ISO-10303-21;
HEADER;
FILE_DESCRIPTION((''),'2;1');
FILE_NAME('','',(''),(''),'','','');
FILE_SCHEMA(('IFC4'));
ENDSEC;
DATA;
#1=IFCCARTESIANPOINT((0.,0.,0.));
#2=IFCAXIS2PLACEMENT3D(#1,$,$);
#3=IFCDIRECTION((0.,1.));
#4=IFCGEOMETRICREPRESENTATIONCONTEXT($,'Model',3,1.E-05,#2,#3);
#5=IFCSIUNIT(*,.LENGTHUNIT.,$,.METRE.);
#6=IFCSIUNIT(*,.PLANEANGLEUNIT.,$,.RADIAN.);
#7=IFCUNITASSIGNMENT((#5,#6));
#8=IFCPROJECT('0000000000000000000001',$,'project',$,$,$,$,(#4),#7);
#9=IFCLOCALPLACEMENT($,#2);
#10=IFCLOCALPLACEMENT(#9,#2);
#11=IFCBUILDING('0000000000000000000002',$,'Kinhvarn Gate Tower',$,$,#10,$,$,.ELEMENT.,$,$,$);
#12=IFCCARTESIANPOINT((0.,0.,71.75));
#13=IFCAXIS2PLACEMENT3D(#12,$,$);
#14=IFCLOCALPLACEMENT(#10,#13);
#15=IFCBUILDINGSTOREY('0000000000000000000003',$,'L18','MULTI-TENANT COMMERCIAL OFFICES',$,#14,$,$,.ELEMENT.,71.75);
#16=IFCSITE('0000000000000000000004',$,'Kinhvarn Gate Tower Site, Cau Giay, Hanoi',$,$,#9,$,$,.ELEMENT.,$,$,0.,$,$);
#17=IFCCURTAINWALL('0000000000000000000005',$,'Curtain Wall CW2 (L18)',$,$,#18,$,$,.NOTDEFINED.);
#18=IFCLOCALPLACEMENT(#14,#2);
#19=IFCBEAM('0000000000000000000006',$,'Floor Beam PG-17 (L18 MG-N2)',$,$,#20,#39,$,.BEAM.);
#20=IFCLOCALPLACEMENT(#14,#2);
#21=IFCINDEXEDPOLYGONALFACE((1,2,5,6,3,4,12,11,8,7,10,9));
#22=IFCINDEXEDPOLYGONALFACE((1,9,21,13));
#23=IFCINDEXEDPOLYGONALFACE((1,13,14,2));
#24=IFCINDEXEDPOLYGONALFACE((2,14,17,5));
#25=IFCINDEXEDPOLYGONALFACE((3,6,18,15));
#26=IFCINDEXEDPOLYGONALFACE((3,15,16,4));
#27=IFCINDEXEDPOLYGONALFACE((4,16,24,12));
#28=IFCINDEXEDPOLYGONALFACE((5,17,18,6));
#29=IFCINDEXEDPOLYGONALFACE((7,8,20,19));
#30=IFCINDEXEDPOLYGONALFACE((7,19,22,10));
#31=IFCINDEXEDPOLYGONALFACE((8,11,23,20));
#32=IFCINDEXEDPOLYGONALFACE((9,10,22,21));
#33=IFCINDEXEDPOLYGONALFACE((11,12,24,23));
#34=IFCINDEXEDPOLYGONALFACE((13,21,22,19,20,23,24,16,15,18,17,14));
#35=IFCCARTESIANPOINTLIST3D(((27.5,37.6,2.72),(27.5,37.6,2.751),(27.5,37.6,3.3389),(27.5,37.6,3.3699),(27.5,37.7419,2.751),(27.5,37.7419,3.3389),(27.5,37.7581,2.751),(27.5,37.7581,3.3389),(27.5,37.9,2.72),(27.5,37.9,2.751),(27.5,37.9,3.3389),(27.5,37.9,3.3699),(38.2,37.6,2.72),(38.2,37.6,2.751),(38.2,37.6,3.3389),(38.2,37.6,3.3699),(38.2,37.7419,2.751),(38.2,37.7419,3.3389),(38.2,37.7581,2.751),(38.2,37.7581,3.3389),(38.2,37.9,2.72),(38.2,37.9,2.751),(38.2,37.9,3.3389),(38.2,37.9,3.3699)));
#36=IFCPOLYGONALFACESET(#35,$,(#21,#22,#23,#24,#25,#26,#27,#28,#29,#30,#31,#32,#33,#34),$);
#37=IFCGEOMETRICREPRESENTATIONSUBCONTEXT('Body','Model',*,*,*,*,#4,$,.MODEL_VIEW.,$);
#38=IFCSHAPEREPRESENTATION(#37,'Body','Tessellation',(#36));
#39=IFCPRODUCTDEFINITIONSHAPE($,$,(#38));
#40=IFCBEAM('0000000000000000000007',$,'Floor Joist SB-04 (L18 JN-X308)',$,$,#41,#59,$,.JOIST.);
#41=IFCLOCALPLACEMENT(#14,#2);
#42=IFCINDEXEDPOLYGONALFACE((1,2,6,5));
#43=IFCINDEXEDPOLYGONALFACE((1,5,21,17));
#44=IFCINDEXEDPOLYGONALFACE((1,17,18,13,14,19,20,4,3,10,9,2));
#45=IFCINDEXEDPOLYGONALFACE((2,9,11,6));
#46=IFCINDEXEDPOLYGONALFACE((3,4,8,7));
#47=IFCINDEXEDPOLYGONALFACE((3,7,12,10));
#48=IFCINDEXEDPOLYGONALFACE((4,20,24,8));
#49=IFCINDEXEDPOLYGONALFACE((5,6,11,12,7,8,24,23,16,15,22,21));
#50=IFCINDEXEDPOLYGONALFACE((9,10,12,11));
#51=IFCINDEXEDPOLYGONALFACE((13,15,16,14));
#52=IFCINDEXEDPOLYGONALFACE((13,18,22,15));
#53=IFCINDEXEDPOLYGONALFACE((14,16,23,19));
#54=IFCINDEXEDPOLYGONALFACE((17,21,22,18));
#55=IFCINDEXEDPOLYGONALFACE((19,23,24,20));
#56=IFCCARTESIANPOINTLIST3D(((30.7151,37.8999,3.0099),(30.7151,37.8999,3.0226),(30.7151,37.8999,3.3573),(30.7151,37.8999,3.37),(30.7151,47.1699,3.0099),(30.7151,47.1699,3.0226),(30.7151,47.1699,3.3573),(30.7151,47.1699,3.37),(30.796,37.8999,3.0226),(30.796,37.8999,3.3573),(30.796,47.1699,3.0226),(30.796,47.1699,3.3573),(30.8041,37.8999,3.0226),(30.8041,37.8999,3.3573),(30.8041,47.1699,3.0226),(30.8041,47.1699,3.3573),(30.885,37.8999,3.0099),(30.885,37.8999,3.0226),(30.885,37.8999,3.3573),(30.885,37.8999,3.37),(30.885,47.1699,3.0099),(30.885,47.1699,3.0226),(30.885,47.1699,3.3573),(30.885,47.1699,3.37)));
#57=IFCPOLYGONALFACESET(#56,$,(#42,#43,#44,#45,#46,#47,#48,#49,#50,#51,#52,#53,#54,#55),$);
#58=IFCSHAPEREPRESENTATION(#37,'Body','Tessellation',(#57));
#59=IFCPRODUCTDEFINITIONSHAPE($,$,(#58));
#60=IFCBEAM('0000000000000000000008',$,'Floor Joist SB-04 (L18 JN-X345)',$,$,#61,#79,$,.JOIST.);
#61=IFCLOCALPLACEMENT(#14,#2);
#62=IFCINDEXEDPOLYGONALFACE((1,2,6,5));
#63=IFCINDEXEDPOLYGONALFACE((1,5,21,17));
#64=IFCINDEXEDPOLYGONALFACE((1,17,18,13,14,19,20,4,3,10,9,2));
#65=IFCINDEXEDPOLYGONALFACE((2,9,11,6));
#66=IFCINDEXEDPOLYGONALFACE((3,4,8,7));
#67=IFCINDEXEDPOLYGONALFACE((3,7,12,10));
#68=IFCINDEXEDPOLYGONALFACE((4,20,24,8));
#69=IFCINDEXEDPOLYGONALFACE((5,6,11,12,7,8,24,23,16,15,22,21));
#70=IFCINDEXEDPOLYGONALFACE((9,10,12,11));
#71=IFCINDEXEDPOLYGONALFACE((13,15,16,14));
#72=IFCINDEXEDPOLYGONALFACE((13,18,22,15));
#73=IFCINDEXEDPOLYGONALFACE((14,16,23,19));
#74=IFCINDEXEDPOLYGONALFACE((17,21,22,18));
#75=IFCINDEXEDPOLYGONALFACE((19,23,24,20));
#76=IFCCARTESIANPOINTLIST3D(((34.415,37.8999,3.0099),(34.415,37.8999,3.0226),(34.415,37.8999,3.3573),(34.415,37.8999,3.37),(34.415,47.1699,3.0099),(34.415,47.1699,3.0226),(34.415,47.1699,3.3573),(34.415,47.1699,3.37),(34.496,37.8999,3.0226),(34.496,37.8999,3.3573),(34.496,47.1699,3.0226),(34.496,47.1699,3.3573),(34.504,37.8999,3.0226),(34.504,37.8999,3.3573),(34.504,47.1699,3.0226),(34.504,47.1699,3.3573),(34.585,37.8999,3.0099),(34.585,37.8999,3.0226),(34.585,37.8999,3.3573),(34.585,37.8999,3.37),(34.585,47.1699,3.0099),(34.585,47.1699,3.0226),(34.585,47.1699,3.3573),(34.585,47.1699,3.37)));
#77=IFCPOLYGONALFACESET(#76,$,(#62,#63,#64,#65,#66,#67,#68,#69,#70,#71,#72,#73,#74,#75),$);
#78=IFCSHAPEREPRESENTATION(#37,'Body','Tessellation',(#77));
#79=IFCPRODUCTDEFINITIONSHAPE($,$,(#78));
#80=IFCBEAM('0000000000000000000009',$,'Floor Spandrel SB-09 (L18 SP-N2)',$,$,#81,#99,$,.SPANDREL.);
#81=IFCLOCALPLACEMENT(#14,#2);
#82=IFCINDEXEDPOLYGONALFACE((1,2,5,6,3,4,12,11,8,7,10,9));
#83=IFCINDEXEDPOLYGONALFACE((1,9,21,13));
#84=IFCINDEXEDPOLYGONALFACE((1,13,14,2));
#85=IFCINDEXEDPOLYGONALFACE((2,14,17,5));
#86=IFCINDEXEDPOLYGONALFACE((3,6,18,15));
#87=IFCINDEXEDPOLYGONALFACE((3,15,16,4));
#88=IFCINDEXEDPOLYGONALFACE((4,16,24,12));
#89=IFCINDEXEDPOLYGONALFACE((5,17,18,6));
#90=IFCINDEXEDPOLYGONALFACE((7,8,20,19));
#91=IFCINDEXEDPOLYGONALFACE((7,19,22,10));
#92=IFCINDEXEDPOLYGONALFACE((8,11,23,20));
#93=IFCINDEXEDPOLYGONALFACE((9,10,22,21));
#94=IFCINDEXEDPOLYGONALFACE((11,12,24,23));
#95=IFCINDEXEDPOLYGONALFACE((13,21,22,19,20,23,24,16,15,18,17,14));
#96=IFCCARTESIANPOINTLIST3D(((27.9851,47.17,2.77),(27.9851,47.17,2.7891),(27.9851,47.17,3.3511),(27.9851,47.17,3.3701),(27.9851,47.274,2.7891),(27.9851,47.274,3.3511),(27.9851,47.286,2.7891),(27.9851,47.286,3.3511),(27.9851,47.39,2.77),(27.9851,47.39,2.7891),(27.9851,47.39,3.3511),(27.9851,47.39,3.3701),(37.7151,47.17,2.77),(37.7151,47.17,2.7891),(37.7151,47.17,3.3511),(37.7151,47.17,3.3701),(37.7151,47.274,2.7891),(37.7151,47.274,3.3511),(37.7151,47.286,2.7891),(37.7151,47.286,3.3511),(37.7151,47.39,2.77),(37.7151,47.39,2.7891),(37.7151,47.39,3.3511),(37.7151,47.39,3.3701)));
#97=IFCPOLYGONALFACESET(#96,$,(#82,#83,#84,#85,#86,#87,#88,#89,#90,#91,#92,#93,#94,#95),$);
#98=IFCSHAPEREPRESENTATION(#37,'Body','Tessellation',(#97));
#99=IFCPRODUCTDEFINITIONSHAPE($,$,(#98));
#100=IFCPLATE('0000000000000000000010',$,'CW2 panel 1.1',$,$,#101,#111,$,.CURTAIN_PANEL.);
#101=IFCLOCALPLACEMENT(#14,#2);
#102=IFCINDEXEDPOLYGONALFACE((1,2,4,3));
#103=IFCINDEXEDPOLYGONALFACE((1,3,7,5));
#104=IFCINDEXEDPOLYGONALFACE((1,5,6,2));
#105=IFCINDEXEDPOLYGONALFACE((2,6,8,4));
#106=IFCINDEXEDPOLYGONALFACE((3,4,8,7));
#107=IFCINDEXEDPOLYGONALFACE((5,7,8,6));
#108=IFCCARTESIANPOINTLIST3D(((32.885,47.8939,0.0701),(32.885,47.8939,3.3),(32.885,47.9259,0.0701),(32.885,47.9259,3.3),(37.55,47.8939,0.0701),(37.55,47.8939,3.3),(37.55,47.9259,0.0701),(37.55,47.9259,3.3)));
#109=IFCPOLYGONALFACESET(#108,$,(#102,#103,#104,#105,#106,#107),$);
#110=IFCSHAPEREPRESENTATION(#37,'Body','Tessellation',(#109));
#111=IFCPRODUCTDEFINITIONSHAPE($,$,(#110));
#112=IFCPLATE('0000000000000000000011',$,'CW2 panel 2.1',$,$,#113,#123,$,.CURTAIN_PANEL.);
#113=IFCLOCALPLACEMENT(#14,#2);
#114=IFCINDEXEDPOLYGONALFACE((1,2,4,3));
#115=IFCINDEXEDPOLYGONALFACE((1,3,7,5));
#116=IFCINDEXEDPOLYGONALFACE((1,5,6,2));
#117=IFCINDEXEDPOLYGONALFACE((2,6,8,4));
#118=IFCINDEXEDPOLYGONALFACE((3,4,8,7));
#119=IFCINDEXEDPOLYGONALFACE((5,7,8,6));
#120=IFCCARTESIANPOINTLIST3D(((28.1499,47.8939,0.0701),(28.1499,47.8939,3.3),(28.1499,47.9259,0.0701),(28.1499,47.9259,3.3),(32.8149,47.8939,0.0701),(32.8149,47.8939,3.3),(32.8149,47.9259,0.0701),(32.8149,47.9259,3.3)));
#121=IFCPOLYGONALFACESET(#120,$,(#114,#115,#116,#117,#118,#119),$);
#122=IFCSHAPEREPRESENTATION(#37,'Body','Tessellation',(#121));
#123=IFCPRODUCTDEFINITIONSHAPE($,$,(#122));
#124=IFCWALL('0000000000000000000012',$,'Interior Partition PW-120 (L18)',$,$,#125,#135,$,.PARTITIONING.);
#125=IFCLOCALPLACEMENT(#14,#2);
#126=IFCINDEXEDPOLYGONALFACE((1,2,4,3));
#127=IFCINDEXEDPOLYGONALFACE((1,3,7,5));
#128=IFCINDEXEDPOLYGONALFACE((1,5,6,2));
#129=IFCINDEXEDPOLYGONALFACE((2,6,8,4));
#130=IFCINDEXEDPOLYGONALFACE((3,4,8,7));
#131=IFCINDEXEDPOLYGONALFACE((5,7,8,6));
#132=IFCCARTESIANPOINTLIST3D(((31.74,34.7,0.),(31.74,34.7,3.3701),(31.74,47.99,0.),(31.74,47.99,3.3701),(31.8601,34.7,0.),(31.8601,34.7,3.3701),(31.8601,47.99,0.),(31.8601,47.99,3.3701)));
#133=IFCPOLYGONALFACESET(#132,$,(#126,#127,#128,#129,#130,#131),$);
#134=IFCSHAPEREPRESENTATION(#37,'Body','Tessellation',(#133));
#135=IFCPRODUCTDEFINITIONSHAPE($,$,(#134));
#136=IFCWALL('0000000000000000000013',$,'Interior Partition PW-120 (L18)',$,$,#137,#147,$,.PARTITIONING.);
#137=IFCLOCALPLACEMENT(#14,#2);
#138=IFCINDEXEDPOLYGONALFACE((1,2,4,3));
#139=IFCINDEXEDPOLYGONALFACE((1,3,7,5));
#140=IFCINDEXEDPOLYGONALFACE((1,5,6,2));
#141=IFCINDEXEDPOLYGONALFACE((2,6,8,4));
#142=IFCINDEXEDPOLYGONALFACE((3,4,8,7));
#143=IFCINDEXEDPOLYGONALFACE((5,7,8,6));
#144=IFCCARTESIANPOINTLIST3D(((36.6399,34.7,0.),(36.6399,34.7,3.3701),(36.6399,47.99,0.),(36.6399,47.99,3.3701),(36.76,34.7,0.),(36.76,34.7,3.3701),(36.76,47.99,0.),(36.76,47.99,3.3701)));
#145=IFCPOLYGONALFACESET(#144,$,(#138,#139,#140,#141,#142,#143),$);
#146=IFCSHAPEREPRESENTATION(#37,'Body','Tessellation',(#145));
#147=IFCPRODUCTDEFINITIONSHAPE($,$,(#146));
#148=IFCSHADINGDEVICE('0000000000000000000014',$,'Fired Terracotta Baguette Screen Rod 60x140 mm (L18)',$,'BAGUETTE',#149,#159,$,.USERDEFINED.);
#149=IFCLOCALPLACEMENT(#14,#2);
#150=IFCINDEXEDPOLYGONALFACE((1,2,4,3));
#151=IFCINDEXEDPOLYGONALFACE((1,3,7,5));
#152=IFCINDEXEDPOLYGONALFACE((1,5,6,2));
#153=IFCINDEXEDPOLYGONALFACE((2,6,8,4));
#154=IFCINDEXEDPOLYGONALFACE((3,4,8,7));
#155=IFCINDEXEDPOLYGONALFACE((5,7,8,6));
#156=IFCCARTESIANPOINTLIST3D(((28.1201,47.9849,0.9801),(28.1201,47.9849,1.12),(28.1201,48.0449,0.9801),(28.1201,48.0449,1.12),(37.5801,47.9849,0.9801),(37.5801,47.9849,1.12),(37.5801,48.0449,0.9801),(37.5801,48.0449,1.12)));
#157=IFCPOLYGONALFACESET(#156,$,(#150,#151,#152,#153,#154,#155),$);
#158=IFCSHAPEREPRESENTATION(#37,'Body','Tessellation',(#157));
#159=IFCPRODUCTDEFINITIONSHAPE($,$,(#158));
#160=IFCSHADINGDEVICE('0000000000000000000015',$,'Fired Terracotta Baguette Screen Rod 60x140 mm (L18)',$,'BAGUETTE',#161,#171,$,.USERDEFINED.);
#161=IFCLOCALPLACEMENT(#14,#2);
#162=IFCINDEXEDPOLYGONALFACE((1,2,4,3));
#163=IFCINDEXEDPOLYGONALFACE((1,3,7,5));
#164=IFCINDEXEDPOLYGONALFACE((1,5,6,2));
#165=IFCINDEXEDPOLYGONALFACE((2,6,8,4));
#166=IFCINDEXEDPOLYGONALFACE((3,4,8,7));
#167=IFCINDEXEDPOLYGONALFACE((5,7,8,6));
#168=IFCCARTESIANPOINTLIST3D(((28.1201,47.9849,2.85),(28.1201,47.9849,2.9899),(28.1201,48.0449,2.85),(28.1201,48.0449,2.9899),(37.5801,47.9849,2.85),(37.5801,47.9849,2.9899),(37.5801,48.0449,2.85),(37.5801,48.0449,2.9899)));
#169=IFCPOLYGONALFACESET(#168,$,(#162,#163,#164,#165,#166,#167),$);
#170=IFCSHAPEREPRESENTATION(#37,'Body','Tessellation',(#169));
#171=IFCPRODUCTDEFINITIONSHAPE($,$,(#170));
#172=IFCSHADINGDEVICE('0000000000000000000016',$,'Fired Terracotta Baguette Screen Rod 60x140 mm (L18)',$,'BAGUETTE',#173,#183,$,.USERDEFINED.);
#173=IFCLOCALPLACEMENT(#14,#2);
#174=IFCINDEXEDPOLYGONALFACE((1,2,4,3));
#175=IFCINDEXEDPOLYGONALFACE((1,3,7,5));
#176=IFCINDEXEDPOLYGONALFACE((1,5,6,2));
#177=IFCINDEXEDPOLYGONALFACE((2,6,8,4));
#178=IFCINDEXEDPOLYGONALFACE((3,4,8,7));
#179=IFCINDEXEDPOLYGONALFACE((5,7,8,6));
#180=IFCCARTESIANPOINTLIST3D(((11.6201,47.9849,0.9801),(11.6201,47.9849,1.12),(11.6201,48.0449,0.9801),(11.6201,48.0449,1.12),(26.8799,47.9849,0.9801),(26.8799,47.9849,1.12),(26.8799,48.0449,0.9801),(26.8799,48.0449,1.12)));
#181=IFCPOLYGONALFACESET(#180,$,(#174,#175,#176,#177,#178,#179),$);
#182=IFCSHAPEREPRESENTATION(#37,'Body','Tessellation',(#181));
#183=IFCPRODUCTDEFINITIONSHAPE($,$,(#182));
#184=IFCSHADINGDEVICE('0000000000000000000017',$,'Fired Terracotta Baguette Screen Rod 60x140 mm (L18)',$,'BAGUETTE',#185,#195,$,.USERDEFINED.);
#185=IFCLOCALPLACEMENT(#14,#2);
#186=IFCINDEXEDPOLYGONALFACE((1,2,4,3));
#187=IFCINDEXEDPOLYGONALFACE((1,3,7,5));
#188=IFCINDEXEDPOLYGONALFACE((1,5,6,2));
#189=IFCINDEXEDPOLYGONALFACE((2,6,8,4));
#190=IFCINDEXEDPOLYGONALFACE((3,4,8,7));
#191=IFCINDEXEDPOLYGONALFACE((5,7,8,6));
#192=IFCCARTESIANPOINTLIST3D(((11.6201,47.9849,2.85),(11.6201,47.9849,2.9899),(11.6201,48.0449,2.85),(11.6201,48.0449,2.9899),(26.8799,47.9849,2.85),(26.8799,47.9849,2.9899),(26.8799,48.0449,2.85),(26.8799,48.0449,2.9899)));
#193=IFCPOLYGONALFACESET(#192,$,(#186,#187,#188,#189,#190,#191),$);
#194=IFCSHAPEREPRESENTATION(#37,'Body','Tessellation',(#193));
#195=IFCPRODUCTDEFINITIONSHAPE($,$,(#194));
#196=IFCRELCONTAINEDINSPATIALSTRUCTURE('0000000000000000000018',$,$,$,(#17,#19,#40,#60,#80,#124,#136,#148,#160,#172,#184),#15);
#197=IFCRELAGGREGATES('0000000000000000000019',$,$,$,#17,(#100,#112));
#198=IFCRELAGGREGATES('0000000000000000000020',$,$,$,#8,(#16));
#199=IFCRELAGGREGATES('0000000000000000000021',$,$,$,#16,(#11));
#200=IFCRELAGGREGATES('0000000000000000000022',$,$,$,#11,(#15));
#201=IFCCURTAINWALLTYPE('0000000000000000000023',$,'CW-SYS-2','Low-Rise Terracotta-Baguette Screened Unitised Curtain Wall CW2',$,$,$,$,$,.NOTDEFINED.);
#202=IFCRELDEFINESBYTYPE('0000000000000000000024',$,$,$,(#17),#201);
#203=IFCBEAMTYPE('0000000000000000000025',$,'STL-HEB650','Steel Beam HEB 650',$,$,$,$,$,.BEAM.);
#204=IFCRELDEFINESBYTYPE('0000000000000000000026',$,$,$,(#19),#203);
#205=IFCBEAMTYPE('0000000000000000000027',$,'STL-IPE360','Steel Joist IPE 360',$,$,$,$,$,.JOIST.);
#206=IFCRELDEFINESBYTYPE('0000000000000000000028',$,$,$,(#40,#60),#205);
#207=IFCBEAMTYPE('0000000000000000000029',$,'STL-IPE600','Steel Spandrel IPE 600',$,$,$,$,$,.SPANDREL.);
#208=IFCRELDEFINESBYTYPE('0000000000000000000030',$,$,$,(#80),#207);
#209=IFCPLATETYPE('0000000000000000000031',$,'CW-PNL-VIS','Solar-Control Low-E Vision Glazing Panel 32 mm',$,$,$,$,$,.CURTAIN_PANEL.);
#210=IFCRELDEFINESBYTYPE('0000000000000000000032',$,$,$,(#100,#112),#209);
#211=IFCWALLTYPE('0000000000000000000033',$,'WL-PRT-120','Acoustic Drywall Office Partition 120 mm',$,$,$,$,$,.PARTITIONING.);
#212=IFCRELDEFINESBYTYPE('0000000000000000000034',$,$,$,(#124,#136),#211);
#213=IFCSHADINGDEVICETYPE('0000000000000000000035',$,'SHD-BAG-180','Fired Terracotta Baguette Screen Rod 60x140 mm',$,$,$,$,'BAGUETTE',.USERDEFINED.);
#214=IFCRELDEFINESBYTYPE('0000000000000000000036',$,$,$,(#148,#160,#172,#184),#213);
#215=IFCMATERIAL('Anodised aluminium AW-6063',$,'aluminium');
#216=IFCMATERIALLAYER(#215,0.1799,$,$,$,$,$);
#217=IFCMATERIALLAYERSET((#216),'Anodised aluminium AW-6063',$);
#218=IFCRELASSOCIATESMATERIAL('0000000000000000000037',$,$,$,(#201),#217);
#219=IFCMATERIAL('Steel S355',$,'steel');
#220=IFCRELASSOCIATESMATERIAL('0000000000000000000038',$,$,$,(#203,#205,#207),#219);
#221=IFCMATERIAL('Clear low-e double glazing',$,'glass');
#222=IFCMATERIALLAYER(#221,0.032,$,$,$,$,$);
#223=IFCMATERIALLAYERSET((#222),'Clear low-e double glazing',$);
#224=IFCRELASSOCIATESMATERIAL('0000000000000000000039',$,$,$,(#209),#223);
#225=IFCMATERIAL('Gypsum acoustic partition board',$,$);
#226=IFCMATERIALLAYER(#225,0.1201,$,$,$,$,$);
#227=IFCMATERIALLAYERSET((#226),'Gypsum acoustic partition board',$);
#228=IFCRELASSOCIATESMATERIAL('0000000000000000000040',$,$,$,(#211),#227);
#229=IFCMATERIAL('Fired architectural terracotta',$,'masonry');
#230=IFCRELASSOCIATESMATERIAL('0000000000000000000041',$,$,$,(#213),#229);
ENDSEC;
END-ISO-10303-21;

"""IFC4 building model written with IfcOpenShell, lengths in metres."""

from ifc_helpers import new_model, si_unit, direction, frame, frame_2d, origin, origin_2d, place, context, subcontext, project, spatial, rectangle, i_section, extrude, material, layer, layer_set, material_profile, profile_set, type_object, element, aggregate, save


model = new_model("IFC4")

# Units and contexts
model_context = context("Model", 3, precision=1e-05, world=origin(), true_north=direction((0.0, 1.0)))
body_context = subcontext(model_context, "Body", "Model", "MODEL_VIEW")
ifc_project = project(units=[si_unit("LENGTHUNIT", "METRE"), si_unit("PLANEANGLEUNIT", "RADIAN")], contexts=[model_context])

# Site, building, storey
site_placement = place(None, origin())
site = spatial("IfcSite", under=ifc_project, at=site_placement, Name="Kinhvarn Gate Tower Site, Cau Giay, Hanoi", CompositionType="ELEMENT", RefElevation=0.0)
building_placement = place(site_placement, origin())
building = spatial("IfcBuilding", under=site, at=building_placement, Name="Kinhvarn Gate Tower", CompositionType="ELEMENT")
storey_placement = place(building_placement, frame((0.0, 0.0, 71.75)))
storey = spatial("IfcBuildingStorey", under=building, at=storey_placement, Name="L18", Description="MULTI-TENANT COMMERCIAL OFFICES", CompositionType="ELEMENT", Elevation=71.75)

# Curtain wall
ifc_material_1 = material(Name="Anodised aluminium AW-6063", Category="aluminium")
ifc_layer_1 = layer(ifc_material_1, 0.1799)
ifc_layer_set_1 = layer_set([ifc_layer_1], Name="Anodised aluminium AW-6063")
curtain_wall_type = type_object("IfcCurtainWallType", Name="CW-SYS-2", Description="Low-Rise Terracotta-Baguette Screened Unitised Curtain Wall CW2", PredefinedType="NOTDEFINED", material=ifc_layer_set_1)
curtain_wall_1_placement = place(storey_placement, origin())
curtain_wall_1 = element("IfcCurtainWall", 1, at=curtain_wall_1_placement, inside=storey, type_object=curtain_wall_type, Name="Curtain Wall CW2 (L18)", PredefinedType="NOTDEFINED")

# Beams
ifc_material_2 = material(Name="Steel S355", Category="steel")
ifc_material_profile_1 = material_profile(ifc_material_2, i_section(OverallWidth=0.3, OverallDepth=0.6499, WebThickness=0.0161, FlangeThickness=0.031, at=origin_2d()), Name="HEB 650")
ifc_profile_set_1 = profile_set([ifc_material_profile_1], Name="Steel S355")
beam_type_1 = type_object("IfcBeamType", Name="STL-HEB650", Description="Steel Beam HEB 650", PredefinedType="BEAM", material=ifc_profile_set_1)
beam_1_placement = place(storey_placement, frame((27.5, 37.75, 3.0449), z_axis=(1.0, 0.0, 0.0), x_axis=(0.0, 1.0, 0.0)))
element("IfcBeam", 2, at=beam_1_placement, inside=storey, type_object=beam_type_1, Name="Floor Beam PG-17 (L18 MG-N2)", PredefinedType="BEAM", context=body_context, shape_type="SweptSolid", body=[
    extrude(i_section(OverallWidth=0.3, OverallDepth=0.6499, WebThickness=0.0161, FlangeThickness=0.031, at=origin_2d()), origin(), (0.0, 0.0, 1.0), 10.7),
])
ifc_material_profile_2 = material_profile(ifc_material_2, i_section(OverallWidth=0.1699, OverallDepth=0.3601, WebThickness=0.0081, FlangeThickness=0.0127, at=origin_2d()), Name="IPE 360")
ifc_profile_set_2 = profile_set([ifc_material_profile_2], Name="Steel S355")
beam_type_2 = type_object("IfcBeamType", Name="STL-IPE360", Description="Steel Joist IPE 360", PredefinedType="JOIST", material=ifc_profile_set_2)
for number, where, z_axis, x_axis, name in (
    (3, (30.8, 37.8999, 3.1899), (0.0, 1.0, 0.0), (-1.0, 0.0, 0.0), "Floor Joist SB-04 (L18 JN-X308)"),
    (4, (34.5, 37.8999, 3.1899), (0.0, 1.0, 0.0), (-1.0, 0.0, 0.0), "Floor Joist SB-04 (L18 JN-X345)"),
):
    element("IfcBeam", number, at=place(storey_placement, frame(where, z_axis=z_axis, x_axis=x_axis)), inside=storey, type_object=beam_type_2, Name=name, PredefinedType="JOIST", context=body_context, shape_type="SweptSolid", body=[
        extrude(i_section(OverallWidth=0.1699, OverallDepth=0.3601, WebThickness=0.0081, FlangeThickness=0.0127, at=origin_2d()), origin(), (0.0, 0.0, 1.0), 9.27),
    ])
ifc_material_profile_3 = material_profile(ifc_material_2, i_section(OverallWidth=0.22, OverallDepth=0.6001, WebThickness=0.012, FlangeThickness=0.019, at=origin_2d()), Name="IPE 600")
ifc_profile_set_3 = profile_set([ifc_material_profile_3], Name="Steel S355")
beam_type_3 = type_object("IfcBeamType", Name="STL-IPE600", Description="Steel Spandrel IPE 600", PredefinedType="SPANDREL", material=ifc_profile_set_3)
beam_2_placement = place(storey_placement, frame((27.9851, 47.28, 3.0701), z_axis=(1.0, 0.0, 0.0), x_axis=(0.0, 1.0, 0.0)))
element("IfcBeam", 5, at=beam_2_placement, inside=storey, type_object=beam_type_3, Name="Floor Spandrel SB-09 (L18 SP-N2)", PredefinedType="SPANDREL", context=body_context, shape_type="SweptSolid", body=[
    extrude(i_section(OverallWidth=0.22, OverallDepth=0.6001, WebThickness=0.012, FlangeThickness=0.019, at=origin_2d()), origin(), (0.0, 0.0, 1.0), 9.73),
])

# Plates
ifc_material_3 = material(Name="Clear low-e double glazing", Category="glass")
ifc_layer_2 = layer(ifc_material_3, 0.032)
ifc_layer_set_2 = layer_set([ifc_layer_2], Name="Clear low-e double glazing")
plate_type = type_object("IfcPlateType", Name="CW-PNL-VIS", Description="Solar-Control Low-E Vision Glazing Panel 32 mm", PredefinedType="CURTAIN_PANEL", material=ifc_layer_set_2)
plate_1_placement = place(storey_placement, frame((35.2175, 47.9099, 0.0701), z_axis=(0.0, 0.0, 1.0), x_axis=(-1.0, 0.0, 0.0)))
plate_1 = element("IfcPlate", 6, at=plate_1_placement, type_object=plate_type, Name="CW2 panel 1.1", PredefinedType="CURTAIN_PANEL", context=body_context, shape_type="SweptSolid", body=[
    extrude(rectangle(XDim=4.665, YDim=0.032, at=origin_2d()), origin(), (0.0, 0.0, 1.0), 3.23),
])
plate_2_placement = place(storey_placement, frame((30.4824, 47.9099, 0.0701), z_axis=(0.0, 0.0, 1.0), x_axis=(-1.0, 0.0, 0.0)))
plate_2 = element("IfcPlate", 7, at=plate_2_placement, type_object=plate_type, Name="CW2 panel 2.1", PredefinedType="CURTAIN_PANEL", context=body_context, shape_type="SweptSolid", body=[
    extrude(rectangle(XDim=4.665, YDim=0.032, at=origin_2d()), origin(), (0.0, 0.0, 1.0), 3.23),
])
aggregate(curtain_wall_1, [plate_1, plate_2])

# Walls
ifc_material_4 = material(Name="Gypsum acoustic partition board")
ifc_layer_3 = layer(ifc_material_4, 0.1201)
ifc_layer_set_3 = layer_set([ifc_layer_3], Name="Gypsum acoustic partition board")
wall_type = type_object("IfcWallType", Name="WL-PRT-120", Description="Acoustic Drywall Office Partition 120 mm", PredefinedType="PARTITIONING", material=ifc_layer_set_3)
for number, where, z_axis, x_axis, name in (
    (8, (31.8, 34.7, 0.0), (0.0, 0.0, 1.0), (0.0, 1.0, 0.0), "Interior Partition PW-120 (L18)"),
    (9, (36.7, 34.7, 0.0), (0.0, 0.0, 1.0), (0.0, 1.0, 0.0), "Interior Partition PW-120 (L18)"),
):
    element("IfcWall", number, at=place(storey_placement, frame(where, z_axis=z_axis, x_axis=x_axis)), inside=storey, type_object=wall_type, Name=name, PredefinedType="PARTITIONING", context=body_context, shape_type="SweptSolid", body=[
        extrude(rectangle(XDim=13.29, YDim=0.1201, at=frame_2d((6.645, 0.0))), origin(), (0.0, 0.0, 1.0), 3.3701),
    ])

# Shading devices
ifc_material_5 = material(Name="Fired architectural terracotta", Category="masonry")
ifc_material_profile_4 = material_profile(ifc_material_5, rectangle(XDim=0.0601, YDim=0.1399, at=origin_2d()), Name="TC 60x140")
ifc_profile_set_4 = profile_set([ifc_material_profile_4], Name="Fired architectural terracotta")
shading_device_type = type_object("IfcShadingDeviceType", Name="SHD-BAG-180", Description="Fired Terracotta Baguette Screen Rod 60x140 mm", ElementType="BAGUETTE", PredefinedType="USERDEFINED", material=ifc_profile_set_4)
for number, where, z_axis, x_axis, name in (
    (10, (37.5801, 48.0149, 1.05), (-1.0, 0.0, 0.0), (0.0, -1.0, 0.0), "Fired Terracotta Baguette Screen Rod 60x140 mm (L18)"),
    (11, (37.5801, 48.0149, 2.9199), (-1.0, 0.0, 0.0), (0.0, -1.0, 0.0), "Fired Terracotta Baguette Screen Rod 60x140 mm (L18)"),
):
    element("IfcShadingDevice", number, at=place(storey_placement, frame(where, z_axis=z_axis, x_axis=x_axis)), inside=storey, type_object=shading_device_type, Name=name, ObjectType="BAGUETTE", PredefinedType="USERDEFINED", context=body_context, shape_type="SweptSolid", body=[
        extrude(rectangle(XDim=0.0601, YDim=0.1399, at=origin_2d()), origin(), (0.0, 0.0, 1.0), 9.46),
    ])
for number, where, z_axis, x_axis, name in (
    (12, (26.8799, 48.0149, 1.05), (-1.0, 0.0, 0.0), (0.0, -1.0, 0.0), "Fired Terracotta Baguette Screen Rod 60x140 mm (L18)"),
    (13, (26.8799, 48.0149, 2.9199), (-1.0, 0.0, 0.0), (0.0, -1.0, 0.0), "Fired Terracotta Baguette Screen Rod 60x140 mm (L18)"),
):
    element("IfcShadingDevice", number, at=place(storey_placement, frame(where, z_axis=z_axis, x_axis=x_axis)), inside=storey, type_object=shading_device_type, Name=name, ObjectType="BAGUETTE", PredefinedType="USERDEFINED", context=body_context, shape_type="SweptSolid", body=[
        extrude(rectangle(XDim=0.0601, YDim=0.1399, at=origin_2d()), origin(), (0.0, 0.0, 1.0), 15.2598),
    ])

save(model, "model.ifc")
